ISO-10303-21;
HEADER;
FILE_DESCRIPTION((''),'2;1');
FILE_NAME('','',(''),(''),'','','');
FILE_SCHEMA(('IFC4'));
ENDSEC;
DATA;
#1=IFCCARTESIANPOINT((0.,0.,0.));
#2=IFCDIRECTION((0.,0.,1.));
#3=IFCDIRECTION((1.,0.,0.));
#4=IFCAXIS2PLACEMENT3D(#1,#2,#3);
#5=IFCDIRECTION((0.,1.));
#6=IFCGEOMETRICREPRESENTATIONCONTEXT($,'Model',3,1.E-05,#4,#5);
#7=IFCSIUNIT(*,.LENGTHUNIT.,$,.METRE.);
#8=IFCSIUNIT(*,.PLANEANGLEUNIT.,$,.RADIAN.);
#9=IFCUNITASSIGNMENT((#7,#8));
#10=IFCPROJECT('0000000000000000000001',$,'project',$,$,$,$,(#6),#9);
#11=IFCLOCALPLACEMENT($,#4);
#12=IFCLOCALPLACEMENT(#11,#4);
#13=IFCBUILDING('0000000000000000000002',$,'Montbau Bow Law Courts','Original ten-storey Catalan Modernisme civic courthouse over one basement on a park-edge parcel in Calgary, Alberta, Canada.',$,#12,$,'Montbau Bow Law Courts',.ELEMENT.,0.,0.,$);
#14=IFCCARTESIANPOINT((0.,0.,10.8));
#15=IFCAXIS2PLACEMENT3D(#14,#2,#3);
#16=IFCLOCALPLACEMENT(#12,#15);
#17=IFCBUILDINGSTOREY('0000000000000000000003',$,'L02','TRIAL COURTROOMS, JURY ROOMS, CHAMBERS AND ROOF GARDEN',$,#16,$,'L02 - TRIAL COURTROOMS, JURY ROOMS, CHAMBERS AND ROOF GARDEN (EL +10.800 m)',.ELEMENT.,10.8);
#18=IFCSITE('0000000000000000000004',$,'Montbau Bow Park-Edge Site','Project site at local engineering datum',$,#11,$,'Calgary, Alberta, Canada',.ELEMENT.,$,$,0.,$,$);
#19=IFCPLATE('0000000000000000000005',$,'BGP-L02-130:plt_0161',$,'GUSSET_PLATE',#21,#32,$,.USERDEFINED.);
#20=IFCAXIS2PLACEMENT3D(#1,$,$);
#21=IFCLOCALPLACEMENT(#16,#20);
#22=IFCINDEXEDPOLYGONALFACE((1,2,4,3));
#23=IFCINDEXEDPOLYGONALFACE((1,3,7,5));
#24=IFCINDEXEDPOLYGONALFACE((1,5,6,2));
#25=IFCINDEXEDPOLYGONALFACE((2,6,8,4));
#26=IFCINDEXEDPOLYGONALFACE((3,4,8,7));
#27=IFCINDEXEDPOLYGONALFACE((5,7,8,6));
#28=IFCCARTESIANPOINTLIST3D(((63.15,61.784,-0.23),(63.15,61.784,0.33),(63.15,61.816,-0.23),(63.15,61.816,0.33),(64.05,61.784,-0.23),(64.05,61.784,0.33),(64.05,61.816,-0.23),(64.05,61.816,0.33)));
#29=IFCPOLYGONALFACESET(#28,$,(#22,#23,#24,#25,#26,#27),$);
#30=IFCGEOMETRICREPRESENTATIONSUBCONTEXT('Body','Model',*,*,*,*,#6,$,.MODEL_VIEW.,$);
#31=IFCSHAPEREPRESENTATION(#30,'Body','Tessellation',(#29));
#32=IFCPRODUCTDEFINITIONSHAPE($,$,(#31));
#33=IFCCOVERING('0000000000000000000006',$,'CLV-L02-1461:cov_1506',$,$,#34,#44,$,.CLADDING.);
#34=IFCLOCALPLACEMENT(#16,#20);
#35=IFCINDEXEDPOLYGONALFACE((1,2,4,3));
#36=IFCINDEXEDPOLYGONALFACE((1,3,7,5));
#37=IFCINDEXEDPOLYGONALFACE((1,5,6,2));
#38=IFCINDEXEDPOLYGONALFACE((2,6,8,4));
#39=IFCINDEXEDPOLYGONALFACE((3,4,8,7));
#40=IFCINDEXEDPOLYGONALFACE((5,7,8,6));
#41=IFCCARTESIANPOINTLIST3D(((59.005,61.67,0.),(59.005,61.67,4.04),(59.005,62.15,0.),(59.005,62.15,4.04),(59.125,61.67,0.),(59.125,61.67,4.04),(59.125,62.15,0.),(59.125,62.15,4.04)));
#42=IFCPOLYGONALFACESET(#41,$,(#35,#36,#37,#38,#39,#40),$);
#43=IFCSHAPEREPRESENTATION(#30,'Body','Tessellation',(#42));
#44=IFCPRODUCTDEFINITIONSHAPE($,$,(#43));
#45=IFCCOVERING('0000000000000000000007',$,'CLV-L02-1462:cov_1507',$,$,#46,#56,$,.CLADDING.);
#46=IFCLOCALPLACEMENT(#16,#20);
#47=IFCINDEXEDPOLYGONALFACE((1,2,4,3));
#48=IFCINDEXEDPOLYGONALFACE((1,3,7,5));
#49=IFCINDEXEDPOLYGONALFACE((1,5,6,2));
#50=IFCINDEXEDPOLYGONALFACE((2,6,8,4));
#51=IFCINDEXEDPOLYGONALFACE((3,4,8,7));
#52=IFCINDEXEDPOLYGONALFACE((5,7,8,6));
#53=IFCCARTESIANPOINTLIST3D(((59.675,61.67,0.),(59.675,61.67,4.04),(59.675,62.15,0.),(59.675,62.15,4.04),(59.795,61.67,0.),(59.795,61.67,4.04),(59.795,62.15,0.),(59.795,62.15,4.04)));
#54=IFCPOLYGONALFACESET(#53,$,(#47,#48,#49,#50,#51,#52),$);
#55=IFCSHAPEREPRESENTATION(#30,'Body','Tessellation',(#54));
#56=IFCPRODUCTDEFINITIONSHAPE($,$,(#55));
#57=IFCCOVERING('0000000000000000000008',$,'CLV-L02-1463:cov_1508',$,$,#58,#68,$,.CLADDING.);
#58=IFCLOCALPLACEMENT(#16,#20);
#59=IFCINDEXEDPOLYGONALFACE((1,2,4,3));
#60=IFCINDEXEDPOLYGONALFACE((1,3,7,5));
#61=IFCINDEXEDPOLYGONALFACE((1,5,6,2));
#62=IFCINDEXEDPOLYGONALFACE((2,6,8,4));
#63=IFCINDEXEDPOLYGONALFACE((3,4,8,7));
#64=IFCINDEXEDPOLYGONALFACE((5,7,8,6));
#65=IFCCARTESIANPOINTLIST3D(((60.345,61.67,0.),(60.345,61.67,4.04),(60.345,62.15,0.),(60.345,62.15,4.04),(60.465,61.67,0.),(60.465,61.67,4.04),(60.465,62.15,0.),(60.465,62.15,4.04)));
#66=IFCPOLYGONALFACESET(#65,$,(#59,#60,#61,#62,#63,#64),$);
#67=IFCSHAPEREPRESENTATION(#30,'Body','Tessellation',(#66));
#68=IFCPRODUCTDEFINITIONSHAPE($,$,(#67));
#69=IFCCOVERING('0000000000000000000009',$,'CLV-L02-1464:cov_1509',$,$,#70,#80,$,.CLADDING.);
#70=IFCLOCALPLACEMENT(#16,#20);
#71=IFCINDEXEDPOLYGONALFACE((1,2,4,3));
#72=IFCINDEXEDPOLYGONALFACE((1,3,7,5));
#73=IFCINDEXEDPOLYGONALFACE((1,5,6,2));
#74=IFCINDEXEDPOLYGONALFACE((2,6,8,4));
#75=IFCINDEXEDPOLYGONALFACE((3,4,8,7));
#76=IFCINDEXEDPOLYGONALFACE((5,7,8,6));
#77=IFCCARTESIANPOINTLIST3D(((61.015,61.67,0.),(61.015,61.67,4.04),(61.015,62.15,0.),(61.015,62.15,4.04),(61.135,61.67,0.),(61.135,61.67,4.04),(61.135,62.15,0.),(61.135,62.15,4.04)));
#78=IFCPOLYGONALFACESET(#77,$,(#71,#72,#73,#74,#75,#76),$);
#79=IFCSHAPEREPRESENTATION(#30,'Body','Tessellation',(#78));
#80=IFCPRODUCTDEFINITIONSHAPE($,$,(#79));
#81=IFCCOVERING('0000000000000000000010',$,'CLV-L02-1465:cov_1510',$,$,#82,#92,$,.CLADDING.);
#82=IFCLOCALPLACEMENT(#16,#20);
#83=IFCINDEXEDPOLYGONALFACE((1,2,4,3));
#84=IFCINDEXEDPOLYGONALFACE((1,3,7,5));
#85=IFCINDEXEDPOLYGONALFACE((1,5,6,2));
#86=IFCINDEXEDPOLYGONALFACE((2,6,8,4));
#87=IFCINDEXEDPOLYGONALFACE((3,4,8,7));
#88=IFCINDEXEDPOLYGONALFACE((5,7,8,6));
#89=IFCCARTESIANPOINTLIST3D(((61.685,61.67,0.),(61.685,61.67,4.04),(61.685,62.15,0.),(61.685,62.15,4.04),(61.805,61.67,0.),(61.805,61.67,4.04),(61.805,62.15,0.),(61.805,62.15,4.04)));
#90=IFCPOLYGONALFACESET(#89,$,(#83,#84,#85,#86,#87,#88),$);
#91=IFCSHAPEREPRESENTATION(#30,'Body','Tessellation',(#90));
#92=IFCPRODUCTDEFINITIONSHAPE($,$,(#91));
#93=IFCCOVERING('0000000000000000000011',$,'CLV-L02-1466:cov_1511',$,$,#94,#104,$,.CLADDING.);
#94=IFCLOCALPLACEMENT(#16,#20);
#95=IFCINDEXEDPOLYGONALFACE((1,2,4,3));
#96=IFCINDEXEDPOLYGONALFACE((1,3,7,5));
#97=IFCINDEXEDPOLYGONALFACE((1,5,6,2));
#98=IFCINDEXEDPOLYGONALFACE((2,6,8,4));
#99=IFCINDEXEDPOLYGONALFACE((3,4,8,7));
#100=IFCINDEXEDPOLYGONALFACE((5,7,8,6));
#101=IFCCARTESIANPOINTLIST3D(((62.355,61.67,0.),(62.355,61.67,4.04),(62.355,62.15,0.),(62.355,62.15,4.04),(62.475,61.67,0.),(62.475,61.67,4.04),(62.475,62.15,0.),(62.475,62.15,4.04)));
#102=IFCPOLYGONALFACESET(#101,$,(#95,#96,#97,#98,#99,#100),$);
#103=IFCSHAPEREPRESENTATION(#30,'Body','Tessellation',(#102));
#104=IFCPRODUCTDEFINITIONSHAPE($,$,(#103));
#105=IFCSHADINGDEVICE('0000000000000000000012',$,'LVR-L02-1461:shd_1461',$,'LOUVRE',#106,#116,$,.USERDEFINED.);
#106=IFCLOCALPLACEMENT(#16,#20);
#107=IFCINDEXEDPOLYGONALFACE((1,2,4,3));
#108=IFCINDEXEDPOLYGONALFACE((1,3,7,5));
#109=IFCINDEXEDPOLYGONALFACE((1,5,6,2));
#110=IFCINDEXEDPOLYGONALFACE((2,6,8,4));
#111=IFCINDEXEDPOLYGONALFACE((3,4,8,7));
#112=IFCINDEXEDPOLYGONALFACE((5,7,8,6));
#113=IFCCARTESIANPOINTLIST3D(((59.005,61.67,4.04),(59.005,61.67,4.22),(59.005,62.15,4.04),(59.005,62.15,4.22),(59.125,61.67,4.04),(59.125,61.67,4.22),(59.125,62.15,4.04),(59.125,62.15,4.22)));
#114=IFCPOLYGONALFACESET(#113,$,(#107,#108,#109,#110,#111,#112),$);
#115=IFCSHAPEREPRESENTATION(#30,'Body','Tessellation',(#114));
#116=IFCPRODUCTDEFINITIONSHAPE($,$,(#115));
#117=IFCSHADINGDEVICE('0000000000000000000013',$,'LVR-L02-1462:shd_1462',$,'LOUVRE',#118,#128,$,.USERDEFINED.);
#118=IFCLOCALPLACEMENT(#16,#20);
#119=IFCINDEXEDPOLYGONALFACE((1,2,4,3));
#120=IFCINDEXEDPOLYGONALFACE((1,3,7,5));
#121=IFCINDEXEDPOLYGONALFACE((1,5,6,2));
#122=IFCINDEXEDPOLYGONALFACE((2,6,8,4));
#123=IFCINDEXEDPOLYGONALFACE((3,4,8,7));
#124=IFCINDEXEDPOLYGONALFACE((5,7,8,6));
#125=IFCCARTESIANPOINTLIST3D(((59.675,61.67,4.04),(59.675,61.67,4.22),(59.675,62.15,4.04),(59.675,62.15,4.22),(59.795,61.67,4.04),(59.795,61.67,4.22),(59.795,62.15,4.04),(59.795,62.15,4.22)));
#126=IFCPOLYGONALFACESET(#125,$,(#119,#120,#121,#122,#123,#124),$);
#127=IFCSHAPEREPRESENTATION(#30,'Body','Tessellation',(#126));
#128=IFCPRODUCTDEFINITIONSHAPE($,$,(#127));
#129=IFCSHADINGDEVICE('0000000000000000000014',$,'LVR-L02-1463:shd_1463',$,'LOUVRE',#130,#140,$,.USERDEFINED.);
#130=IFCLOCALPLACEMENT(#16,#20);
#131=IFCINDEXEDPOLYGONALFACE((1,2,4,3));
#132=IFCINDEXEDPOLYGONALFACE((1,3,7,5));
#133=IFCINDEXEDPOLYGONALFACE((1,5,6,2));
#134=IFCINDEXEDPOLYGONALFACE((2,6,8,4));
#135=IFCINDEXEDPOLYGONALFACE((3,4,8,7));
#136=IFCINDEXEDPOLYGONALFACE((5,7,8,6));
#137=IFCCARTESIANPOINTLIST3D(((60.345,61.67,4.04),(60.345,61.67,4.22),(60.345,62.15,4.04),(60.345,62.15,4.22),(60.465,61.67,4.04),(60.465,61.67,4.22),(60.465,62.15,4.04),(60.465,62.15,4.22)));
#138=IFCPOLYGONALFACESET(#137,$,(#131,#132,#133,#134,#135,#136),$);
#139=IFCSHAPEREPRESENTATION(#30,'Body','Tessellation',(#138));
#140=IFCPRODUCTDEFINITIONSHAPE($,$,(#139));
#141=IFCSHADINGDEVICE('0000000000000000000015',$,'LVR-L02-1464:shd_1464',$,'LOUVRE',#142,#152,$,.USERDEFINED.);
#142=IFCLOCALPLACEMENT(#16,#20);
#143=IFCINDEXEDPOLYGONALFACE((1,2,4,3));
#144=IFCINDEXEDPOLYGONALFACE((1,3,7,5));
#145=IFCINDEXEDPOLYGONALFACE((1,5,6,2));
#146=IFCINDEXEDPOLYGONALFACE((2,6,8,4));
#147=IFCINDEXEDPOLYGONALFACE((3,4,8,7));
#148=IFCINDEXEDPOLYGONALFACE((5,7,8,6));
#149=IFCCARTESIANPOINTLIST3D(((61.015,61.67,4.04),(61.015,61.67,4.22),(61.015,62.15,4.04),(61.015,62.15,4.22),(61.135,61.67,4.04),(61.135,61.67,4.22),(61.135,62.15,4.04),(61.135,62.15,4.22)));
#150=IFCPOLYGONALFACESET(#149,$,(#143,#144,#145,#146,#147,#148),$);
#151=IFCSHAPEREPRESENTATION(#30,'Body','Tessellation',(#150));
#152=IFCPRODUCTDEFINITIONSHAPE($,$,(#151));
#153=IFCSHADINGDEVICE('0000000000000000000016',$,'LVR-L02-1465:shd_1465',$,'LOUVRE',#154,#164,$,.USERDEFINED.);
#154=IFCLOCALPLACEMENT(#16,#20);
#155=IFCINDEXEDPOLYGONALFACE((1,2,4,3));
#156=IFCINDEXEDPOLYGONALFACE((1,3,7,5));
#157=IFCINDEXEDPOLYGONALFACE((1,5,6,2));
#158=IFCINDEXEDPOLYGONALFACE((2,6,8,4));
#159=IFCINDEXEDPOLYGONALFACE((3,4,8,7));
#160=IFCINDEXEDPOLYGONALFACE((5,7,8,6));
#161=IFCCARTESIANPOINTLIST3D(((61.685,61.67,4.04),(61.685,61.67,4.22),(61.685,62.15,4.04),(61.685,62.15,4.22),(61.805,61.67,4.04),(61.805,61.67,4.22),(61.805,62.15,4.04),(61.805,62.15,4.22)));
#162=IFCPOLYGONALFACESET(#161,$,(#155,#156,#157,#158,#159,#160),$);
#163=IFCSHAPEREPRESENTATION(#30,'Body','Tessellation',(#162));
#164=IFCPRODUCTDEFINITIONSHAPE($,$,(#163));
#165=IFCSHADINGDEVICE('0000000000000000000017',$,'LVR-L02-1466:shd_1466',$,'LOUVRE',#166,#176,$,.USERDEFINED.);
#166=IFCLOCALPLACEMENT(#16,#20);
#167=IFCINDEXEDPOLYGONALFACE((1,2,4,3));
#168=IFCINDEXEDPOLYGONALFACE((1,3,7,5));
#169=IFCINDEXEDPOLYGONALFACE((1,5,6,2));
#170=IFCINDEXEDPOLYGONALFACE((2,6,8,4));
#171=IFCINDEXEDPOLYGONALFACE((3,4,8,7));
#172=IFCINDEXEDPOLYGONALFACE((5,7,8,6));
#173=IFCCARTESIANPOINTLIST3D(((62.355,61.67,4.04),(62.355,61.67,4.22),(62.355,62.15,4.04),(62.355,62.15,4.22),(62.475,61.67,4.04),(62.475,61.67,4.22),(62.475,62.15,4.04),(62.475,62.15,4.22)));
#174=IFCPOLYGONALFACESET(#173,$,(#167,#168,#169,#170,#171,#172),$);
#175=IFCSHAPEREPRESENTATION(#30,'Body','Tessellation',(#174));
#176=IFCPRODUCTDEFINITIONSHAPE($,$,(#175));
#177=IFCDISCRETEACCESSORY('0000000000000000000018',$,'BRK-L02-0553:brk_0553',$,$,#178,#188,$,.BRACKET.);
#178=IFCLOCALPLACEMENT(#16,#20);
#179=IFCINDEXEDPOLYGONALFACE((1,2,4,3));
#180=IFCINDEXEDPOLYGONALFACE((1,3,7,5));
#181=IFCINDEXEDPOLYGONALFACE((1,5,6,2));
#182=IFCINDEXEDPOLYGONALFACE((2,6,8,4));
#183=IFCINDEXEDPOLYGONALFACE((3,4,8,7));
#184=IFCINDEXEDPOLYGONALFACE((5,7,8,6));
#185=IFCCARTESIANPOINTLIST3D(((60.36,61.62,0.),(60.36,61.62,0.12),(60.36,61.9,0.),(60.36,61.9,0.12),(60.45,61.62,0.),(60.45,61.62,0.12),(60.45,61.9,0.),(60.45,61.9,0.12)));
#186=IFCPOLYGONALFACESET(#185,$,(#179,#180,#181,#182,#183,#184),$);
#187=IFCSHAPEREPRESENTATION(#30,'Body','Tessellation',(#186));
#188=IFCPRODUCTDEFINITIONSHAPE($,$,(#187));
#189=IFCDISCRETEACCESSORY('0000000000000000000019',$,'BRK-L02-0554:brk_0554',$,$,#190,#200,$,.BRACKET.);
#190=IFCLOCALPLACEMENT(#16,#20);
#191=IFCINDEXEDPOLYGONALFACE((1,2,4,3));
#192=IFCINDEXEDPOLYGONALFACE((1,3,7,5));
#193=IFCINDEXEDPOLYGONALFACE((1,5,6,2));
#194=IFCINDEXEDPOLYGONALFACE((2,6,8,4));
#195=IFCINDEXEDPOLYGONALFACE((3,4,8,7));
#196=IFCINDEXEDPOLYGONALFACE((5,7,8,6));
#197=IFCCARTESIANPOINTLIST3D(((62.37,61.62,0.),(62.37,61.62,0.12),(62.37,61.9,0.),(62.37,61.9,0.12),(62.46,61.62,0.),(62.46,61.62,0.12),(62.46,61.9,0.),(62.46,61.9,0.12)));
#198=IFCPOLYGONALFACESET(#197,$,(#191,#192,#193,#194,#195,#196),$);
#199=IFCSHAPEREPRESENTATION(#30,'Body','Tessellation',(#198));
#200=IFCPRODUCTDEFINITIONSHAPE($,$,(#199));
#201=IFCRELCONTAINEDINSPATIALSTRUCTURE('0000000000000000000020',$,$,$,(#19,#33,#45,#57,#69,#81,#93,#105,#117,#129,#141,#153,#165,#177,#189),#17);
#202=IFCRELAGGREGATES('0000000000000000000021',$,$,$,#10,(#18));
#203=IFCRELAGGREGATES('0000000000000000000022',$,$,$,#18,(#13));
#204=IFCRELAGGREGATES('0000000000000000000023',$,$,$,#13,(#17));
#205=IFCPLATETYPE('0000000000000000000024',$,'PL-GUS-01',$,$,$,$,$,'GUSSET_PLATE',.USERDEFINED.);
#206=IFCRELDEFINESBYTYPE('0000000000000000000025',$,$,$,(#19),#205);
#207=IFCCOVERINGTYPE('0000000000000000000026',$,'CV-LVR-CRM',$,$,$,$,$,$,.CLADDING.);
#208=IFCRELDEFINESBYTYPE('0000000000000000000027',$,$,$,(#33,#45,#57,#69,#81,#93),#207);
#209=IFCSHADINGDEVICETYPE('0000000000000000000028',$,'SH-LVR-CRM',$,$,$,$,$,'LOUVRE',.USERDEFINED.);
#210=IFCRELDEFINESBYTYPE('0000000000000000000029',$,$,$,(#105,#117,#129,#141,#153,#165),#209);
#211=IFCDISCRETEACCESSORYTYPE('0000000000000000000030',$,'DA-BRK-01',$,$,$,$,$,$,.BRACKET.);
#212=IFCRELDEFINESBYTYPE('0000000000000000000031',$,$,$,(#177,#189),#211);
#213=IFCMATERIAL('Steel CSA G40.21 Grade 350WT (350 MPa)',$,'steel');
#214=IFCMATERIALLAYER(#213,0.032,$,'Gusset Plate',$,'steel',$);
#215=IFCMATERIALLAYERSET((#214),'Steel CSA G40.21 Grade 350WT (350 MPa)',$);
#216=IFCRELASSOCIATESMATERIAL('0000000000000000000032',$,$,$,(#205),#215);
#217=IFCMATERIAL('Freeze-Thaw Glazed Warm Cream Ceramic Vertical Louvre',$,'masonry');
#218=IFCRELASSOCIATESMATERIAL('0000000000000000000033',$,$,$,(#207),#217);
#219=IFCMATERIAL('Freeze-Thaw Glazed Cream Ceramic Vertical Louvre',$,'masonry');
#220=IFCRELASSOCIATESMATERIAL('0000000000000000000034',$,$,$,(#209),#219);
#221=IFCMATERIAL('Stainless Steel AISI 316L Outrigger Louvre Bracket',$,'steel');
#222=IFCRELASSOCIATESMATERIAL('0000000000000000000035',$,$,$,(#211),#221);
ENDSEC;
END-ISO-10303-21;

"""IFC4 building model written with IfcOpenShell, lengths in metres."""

from ifc_helpers import new_model, si_unit, direction, frame, frame_2d, origin_with_axes, origin_2d_with_axis, place, context, subcontext, project, spatial, rectangle, extrude, material, layer, layer_set, type_object, element, save


model = new_model("IFC4")

# Units and contexts
model_context = context("Model", 3, precision=1e-05, world=origin_with_axes(), true_north=direction((0.0, 1.0)))
body_context = subcontext(model_context, "Body", "Model", "MODEL_VIEW")
ifc_project = project(units=[si_unit("LENGTHUNIT", "METRE"), si_unit("PLANEANGLEUNIT", "RADIAN")], contexts=[model_context])

# Site, building, storey
site_placement = place(None, origin_with_axes())
site = spatial("IfcSite", under=ifc_project, at=site_placement, Name="Montbau Bow Park-Edge Site", Description="Project site at local engineering datum", LongName="Calgary, Alberta, Canada", CompositionType="ELEMENT", RefElevation=0.0)
building_placement = place(site_placement, origin_with_axes())
building = spatial("IfcBuilding", under=site, at=building_placement, Name="Montbau Bow Law Courts", Description="Original ten-storey Catalan Modernisme civic courthouse over one basement on a park-edge parcel in Calgary, Alberta, Canada.", LongName="Montbau Bow Law Courts", CompositionType="ELEMENT", ElevationOfRefHeight=0.0, ElevationOfTerrain=0.0)
storey_placement = place(building_placement, frame((0.0, 0.0, 10.8), z_axis=(0.0, 0.0, 1.0), x_axis=(1.0, 0.0, 0.0)))
storey = spatial("IfcBuildingStorey", under=building, at=storey_placement, Name="L02", Description="TRIAL COURTROOMS, JURY ROOMS, CHAMBERS AND ROOF GARDEN", LongName="L02 - TRIAL COURTROOMS, JURY ROOMS, CHAMBERS AND ROOF GARDEN (EL +10.800 m)", CompositionType="ELEMENT", Elevation=10.8)

# Shared definitions
ifc_material_1 = material(Name="Steel CSA G40.21 Grade 350WT (350 MPa)", Category="steel")

# Plate
ifc_layer_1 = layer(ifc_material_1, 0.032, Name="Gusset Plate", Category="steel")
ifc_layer_set_1 = layer_set([ifc_layer_1], Name="Steel CSA G40.21 Grade 350WT (350 MPa)")
plate_type_1 = type_object("IfcPlateType", Name="PL-GUS-01", ElementType="GUSSET_PLATE", PredefinedType="USERDEFINED", material=ifc_layer_set_1)
plate_1_placement = place(None, frame((63.6, 61.8, 10.57), z_axis=(0.0, 0.0, 1.0), x_axis=(1.0, 0.0, 0.0)))
element("IfcPlate", 1, at=plate_1_placement, inside=storey, type_object=plate_type_1, Name="BGP-L02-130:plt_0161", ObjectType="GUSSET_PLATE", PredefinedType="USERDEFINED", context=body_context, shape_type="SweptSolid", body=[
    extrude(rectangle(XDim=0.9, YDim=0.032, at=origin_2d_with_axis()), origin_with_axes(), (0.0, 0.0, 1.0), 0.56),
])

# Coverings
ifc_material_2 = material(Name="Freeze-Thaw Glazed Warm Cream Ceramic Vertical Louvre", Category="masonry")
covering_type = type_object("IfcCoveringType", Name="CV-LVR-CRM", PredefinedType="CLADDING", material=ifc_material_2)
for number, where, z_axis, x_axis, name in (
    (2, (59.065, 61.67, 10.8), (1.0, 0.0, 0.0), (0.0, 1.0, 0.0), "CLV-L02-1461:cov_1506"),
    (3, (59.735, 61.67, 10.8), (1.0, 0.0, 0.0), (0.0, 1.0, 0.0), "CLV-L02-1462:cov_1507"),
    (4, (60.405, 61.67, 10.8), (1.0, 0.0, 0.0), (0.0, 1.0, 0.0), "CLV-L02-1463:cov_1508"),
    (5, (61.075, 61.67, 10.8), (1.0, 0.0, 0.0), (0.0, 1.0, 0.0), "CLV-L02-1464:cov_1509"),
    (6, (61.745, 61.67, 10.8), (1.0, 0.0, 0.0), (0.0, 1.0, 0.0), "CLV-L02-1465:cov_1510"),
    (7, (62.415, 61.67, 10.8), (1.0, 0.0, 0.0), (0.0, 1.0, 0.0), "CLV-L02-1466:cov_1511"),
):
    element("IfcCovering", number, at=place(None, frame(where, z_axis=z_axis, x_axis=x_axis)), inside=storey, type_object=covering_type, Name=name, PredefinedType="CLADDING", context=body_context, shape_type="SweptSolid", body=[
        extrude(rectangle(XDim=0.48, YDim=4.04, at=frame_2d((0.24, 2.02), x_axis=(1.0, 0.0))), frame((0.0, 0.0, -0.06), z_axis=(0.0, 0.0, 1.0), x_axis=(1.0, 0.0, 0.0)), (0.0, 0.0, 1.0), 0.12),
    ])

# Shading devices
ifc_material_3 = material(Name="Freeze-Thaw Glazed Cream Ceramic Vertical Louvre", Category="masonry")
shading_device_type = type_object("IfcShadingDeviceType", Name="SH-LVR-CRM", ElementType="LOUVRE", PredefinedType="USERDEFINED", material=ifc_material_3)
for number, where, z_axis, x_axis, name in (
    (8, (59.065, 61.91, 14.84), (0.0, 0.0, 1.0), (0.0, 1.0, 0.0), "LVR-L02-1461:shd_1461"),
    (9, (59.735, 61.91, 14.84), (0.0, 0.0, 1.0), (0.0, 1.0, 0.0), "LVR-L02-1462:shd_1462"),
    (10, (60.405, 61.91, 14.84), (0.0, 0.0, 1.0), (0.0, 1.0, 0.0), "LVR-L02-1463:shd_1463"),
    (11, (61.075, 61.91, 14.84), (0.0, 0.0, 1.0), (0.0, 1.0, 0.0), "LVR-L02-1464:shd_1464"),
    (12, (61.745, 61.91, 14.84), (0.0, 0.0, 1.0), (0.0, 1.0, 0.0), "LVR-L02-1465:shd_1465"),
    (13, (62.415, 61.91, 14.84), (0.0, 0.0, 1.0), (0.0, 1.0, 0.0), "LVR-L02-1466:shd_1466"),
):
    element("IfcShadingDevice", number, at=place(None, frame(where, z_axis=z_axis, x_axis=x_axis)), inside=storey, type_object=shading_device_type, Name=name, ObjectType="LOUVRE", PredefinedType="USERDEFINED", context=body_context, shape_type="SweptSolid", body=[
        extrude(rectangle(XDim=0.48, YDim=0.12, at=origin_2d_with_axis()), origin_with_axes(), (0.0, 0.0, 1.0), 0.18),
    ])

# Discrete accessories
ifc_material_4 = material(Name="Stainless Steel AISI 316L Outrigger Louvre Bracket", Category="steel")
discrete_accessory_type = type_object("IfcDiscreteAccessoryType", Name="DA-BRK-01", PredefinedType="BRACKET", material=ifc_material_4)
for number, where, z_axis, x_axis, name in (
    (14, (60.405, 61.76, 10.8), (0.0, 0.0, 1.0), (0.0, 1.0, 0.0), "BRK-L02-0553:brk_0553"),
    (15, (62.415, 61.76, 10.8), (0.0, 0.0, 1.0), (0.0, 1.0, 0.0), "BRK-L02-0554:brk_0554"),
):
    element("IfcDiscreteAccessory", number, at=place(None, frame(where, z_axis=z_axis, x_axis=x_axis)), inside=storey, type_object=discrete_accessory_type, Name=name, PredefinedType="BRACKET", context=body_context, shape_type="SweptSolid", body=[
        extrude(rectangle(XDim=0.28, YDim=0.09, at=origin_2d_with_axis()), origin_with_axes(), (0.0, 0.0, 1.0), 0.12),
    ])

save(model, "model.ifc")
